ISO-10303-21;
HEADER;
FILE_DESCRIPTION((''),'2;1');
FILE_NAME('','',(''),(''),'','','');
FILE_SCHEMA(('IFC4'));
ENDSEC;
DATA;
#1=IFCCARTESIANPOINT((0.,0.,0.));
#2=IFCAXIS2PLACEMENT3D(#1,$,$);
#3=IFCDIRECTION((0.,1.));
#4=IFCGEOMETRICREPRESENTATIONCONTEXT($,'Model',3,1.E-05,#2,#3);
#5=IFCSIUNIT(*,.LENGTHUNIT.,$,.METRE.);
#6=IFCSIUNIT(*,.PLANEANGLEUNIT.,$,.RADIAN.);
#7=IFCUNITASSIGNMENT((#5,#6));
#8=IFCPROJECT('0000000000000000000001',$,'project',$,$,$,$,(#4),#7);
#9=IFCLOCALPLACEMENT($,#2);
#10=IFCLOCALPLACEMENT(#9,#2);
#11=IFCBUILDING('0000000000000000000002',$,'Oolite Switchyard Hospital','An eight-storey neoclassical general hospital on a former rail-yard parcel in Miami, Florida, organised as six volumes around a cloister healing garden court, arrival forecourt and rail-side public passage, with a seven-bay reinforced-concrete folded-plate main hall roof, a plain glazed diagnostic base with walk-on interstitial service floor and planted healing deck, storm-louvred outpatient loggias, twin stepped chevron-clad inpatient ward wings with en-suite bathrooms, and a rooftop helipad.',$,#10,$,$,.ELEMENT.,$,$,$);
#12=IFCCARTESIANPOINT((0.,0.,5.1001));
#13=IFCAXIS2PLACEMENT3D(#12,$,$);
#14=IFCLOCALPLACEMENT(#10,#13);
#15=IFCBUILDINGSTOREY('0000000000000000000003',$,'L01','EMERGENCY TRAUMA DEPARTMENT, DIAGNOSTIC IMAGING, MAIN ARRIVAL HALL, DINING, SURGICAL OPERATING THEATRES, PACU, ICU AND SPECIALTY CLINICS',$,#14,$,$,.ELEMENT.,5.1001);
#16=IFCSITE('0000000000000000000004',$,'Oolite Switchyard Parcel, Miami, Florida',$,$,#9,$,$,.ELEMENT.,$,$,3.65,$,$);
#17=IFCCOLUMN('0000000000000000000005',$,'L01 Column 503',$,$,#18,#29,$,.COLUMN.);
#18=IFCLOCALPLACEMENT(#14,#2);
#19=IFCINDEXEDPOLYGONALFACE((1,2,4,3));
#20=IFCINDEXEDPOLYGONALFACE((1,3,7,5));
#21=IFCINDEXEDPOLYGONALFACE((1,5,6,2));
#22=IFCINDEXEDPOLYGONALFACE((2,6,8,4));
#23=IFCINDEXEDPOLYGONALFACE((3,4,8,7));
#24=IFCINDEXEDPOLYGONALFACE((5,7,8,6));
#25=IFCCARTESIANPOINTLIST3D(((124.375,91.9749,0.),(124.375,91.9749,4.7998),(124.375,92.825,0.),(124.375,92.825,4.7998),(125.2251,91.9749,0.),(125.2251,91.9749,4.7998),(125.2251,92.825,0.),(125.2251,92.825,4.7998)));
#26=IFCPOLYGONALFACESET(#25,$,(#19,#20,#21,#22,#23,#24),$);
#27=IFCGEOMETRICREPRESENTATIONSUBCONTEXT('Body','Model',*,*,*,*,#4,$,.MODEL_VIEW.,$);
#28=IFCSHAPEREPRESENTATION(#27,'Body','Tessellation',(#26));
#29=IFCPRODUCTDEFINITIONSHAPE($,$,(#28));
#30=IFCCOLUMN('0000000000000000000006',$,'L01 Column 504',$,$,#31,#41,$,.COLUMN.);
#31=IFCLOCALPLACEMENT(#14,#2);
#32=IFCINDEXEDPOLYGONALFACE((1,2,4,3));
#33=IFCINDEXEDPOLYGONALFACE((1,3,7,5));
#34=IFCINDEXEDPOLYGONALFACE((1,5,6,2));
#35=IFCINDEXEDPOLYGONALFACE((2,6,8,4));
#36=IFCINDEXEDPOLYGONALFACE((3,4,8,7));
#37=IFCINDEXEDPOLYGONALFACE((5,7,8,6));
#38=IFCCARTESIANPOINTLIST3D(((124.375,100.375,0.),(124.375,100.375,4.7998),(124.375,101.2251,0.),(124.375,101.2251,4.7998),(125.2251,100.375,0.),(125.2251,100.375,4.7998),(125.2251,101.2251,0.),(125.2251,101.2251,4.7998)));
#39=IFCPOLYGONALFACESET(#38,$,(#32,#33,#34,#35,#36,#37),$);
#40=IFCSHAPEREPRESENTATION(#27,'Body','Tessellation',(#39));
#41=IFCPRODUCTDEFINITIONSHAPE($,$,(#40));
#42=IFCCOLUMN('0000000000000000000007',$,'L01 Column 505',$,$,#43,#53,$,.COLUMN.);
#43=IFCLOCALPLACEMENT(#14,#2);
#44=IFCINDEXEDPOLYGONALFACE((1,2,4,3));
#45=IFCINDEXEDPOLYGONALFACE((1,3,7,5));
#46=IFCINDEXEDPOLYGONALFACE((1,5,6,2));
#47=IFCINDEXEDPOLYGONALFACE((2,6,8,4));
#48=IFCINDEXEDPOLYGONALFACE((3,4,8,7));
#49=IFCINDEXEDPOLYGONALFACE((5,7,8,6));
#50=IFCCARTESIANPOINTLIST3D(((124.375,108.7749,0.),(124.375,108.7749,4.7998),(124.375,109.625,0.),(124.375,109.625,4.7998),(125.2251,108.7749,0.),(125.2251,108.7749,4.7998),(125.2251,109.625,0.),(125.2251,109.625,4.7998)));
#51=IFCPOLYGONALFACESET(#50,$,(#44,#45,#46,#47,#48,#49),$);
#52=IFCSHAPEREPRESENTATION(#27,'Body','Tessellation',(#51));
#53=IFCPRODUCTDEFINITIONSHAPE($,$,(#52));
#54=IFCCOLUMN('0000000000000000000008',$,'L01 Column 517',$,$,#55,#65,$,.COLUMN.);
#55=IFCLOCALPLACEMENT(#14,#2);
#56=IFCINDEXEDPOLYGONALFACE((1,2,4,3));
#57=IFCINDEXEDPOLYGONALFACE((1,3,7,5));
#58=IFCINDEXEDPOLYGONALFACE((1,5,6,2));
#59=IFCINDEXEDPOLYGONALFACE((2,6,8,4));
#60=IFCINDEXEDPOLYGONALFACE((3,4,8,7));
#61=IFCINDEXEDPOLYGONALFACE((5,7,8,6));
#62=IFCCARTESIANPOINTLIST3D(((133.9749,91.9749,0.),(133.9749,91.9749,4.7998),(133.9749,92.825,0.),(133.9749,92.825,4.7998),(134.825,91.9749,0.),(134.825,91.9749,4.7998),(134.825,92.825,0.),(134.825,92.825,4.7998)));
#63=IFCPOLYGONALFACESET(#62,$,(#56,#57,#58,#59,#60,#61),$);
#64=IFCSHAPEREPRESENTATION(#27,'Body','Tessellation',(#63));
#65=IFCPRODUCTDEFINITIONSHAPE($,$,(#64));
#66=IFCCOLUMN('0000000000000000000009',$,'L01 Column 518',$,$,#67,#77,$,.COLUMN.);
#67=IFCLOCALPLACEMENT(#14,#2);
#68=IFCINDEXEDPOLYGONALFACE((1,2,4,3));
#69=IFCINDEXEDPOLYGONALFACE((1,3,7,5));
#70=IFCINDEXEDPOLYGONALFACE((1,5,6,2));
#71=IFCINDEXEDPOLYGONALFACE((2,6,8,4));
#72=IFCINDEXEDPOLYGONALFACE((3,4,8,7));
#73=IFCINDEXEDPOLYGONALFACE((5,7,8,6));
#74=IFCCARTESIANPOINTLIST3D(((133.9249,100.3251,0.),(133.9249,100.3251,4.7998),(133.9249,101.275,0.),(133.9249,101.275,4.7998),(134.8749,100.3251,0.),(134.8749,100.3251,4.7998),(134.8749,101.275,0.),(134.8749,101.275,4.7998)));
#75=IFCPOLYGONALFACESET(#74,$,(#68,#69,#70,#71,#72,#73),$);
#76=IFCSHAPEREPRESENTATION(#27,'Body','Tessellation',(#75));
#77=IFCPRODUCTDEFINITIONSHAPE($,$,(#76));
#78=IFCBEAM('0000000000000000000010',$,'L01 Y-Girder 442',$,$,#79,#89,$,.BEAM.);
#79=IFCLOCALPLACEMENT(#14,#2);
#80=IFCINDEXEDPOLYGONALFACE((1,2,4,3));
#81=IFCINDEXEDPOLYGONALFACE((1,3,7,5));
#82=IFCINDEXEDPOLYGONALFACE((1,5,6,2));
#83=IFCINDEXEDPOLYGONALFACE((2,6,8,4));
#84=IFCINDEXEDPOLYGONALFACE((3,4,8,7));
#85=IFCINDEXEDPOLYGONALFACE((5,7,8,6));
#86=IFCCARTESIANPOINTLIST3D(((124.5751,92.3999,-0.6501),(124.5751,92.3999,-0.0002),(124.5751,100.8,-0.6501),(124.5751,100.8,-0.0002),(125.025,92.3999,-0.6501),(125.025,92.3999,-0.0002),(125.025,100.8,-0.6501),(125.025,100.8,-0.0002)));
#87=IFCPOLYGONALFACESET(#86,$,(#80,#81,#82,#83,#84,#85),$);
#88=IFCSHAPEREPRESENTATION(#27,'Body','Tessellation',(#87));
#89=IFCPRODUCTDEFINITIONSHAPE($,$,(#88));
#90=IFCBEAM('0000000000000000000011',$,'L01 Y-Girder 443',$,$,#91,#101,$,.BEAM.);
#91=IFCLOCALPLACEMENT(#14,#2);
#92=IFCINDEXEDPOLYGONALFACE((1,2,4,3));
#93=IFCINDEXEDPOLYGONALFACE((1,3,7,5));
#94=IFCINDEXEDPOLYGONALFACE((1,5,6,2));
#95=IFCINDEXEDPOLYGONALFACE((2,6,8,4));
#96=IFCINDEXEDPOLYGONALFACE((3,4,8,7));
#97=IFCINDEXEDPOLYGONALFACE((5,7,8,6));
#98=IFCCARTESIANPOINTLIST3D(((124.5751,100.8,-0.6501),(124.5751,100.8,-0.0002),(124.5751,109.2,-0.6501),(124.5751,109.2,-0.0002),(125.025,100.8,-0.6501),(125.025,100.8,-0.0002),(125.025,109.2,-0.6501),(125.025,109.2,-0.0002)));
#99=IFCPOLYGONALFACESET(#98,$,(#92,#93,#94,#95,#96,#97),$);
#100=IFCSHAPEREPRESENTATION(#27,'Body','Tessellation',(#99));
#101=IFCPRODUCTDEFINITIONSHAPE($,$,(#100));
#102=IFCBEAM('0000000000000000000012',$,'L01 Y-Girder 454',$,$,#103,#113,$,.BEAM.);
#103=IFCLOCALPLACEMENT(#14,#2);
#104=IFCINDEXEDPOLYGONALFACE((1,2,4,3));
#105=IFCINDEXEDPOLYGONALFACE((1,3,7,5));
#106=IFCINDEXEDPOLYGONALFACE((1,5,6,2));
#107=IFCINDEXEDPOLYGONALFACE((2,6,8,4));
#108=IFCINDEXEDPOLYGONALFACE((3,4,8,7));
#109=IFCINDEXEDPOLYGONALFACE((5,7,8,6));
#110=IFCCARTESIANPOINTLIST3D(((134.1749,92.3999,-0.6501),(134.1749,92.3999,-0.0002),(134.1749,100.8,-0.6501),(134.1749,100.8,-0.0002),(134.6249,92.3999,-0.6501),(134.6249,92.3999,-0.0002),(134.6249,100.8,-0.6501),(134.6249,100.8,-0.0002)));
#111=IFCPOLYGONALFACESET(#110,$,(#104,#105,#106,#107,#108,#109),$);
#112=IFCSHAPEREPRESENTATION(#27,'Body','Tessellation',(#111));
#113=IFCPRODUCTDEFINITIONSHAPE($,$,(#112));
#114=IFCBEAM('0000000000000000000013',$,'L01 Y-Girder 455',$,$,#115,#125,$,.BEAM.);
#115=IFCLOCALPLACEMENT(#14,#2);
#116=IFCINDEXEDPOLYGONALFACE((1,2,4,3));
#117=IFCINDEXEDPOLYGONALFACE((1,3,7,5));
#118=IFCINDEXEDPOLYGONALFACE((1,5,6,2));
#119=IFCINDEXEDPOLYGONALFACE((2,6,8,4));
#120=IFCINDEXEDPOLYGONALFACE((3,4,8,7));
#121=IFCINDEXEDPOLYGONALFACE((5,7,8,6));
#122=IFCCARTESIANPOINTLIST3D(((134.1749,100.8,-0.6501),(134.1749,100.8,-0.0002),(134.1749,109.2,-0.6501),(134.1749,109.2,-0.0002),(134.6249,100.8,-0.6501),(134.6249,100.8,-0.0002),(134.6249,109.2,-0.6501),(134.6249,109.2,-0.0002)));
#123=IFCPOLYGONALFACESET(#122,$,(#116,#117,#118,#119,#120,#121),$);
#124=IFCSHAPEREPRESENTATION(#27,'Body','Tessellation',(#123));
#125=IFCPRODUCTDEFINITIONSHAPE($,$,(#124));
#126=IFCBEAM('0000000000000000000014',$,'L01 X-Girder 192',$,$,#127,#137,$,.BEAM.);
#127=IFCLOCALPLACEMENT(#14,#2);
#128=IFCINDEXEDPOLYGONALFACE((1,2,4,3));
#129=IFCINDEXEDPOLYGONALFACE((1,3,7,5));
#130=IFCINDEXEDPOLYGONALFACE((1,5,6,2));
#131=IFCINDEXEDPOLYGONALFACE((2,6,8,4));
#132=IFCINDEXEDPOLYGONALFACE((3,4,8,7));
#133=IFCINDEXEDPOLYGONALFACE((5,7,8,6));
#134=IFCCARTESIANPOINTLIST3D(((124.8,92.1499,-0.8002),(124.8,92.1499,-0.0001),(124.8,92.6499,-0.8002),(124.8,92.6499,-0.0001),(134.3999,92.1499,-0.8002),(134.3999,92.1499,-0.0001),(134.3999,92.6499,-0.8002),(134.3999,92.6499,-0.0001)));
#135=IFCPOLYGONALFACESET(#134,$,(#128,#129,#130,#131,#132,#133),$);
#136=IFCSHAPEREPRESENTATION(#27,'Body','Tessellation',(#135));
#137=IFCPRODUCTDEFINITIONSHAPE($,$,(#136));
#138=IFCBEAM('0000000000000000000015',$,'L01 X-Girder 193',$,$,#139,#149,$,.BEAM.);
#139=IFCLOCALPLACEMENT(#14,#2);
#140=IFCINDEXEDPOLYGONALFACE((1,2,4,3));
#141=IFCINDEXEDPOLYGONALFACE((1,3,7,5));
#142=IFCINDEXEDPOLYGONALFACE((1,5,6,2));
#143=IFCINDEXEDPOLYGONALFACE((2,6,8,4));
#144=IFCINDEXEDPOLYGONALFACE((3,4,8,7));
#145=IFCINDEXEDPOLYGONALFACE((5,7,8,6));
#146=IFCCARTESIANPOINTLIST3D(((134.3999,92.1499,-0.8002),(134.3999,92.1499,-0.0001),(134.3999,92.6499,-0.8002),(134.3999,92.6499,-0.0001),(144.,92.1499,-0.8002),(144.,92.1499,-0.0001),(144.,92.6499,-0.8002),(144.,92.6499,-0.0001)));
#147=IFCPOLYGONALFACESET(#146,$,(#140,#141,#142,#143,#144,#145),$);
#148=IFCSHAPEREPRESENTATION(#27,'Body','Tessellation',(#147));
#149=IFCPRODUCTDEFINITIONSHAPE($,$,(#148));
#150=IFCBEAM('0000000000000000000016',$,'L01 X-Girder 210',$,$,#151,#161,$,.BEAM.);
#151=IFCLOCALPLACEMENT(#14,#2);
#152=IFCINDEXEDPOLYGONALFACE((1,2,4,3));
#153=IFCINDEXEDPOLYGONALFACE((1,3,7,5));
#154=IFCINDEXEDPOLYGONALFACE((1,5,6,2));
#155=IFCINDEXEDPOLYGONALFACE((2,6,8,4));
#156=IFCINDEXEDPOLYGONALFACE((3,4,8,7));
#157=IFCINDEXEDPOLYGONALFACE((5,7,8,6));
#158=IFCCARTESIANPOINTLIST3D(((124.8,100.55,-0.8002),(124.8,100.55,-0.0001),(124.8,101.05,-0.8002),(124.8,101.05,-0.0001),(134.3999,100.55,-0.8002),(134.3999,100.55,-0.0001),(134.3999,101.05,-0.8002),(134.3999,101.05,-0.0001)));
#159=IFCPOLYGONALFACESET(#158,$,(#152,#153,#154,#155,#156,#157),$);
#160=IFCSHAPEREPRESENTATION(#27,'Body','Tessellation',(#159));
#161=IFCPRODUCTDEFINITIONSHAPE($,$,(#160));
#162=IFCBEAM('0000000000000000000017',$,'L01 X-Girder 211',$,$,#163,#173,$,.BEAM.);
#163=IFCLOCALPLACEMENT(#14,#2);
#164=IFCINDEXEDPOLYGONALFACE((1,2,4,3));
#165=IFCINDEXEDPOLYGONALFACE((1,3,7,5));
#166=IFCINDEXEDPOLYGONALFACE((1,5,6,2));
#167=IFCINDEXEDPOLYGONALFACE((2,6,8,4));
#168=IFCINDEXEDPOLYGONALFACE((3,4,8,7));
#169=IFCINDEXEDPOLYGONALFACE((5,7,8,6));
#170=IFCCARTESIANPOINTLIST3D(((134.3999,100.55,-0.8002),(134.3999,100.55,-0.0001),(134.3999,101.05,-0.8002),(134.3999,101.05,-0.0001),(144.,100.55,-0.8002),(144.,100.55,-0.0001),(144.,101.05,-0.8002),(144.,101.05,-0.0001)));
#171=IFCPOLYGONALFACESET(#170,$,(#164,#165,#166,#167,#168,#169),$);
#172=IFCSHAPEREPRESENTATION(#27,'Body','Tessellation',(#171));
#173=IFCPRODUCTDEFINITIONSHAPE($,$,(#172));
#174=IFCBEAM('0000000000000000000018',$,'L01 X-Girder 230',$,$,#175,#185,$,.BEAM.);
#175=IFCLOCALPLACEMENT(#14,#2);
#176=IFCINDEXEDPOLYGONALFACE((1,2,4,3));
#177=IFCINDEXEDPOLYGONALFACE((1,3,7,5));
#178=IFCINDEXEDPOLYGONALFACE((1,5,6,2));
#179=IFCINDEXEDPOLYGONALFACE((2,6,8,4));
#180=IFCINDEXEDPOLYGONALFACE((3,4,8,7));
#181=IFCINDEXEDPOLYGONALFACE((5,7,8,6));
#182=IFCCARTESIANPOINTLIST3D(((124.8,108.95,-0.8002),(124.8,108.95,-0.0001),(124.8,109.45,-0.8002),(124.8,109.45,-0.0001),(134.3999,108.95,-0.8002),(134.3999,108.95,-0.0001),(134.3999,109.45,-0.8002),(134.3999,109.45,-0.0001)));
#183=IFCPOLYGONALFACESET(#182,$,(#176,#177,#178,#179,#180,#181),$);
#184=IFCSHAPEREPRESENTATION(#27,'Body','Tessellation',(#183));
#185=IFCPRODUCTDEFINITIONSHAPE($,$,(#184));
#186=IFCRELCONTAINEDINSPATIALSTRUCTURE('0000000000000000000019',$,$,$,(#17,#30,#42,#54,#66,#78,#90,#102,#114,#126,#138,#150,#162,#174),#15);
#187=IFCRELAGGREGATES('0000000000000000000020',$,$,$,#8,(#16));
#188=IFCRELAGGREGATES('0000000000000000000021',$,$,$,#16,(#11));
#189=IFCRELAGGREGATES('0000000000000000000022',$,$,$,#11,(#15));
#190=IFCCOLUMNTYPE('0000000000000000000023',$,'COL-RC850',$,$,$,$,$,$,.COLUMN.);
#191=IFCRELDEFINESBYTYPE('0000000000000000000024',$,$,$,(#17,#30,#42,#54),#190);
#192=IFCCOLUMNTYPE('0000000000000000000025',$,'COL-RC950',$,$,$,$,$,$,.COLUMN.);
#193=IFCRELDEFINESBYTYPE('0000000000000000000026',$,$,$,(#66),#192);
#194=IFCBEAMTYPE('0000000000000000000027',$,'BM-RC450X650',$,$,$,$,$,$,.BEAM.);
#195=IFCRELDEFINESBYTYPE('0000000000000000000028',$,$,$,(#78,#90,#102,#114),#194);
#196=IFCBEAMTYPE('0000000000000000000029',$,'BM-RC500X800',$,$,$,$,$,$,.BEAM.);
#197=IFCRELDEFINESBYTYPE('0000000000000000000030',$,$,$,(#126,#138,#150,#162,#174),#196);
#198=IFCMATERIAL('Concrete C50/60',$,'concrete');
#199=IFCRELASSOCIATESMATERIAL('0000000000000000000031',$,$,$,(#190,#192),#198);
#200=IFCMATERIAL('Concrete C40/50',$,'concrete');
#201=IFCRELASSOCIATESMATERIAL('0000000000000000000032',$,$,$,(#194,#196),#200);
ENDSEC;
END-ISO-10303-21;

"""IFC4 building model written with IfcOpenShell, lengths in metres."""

from ifc_helpers import new_model, si_unit, direction, frame, origin, origin_2d, place, context, subcontext, project, spatial, rectangle, extrude, material, material_profile, profile_set, type_object, element, save


model = new_model("IFC4")

# Units and contexts
model_context = context("Model", 3, precision=1e-05, world=origin(), true_north=direction((0.0, 1.0)))
body_context = subcontext(model_context, "Body", "Model", "MODEL_VIEW")
ifc_project = project(units=[si_unit("LENGTHUNIT", "METRE"), si_unit("PLANEANGLEUNIT", "RADIAN")], contexts=[model_context])

# Site, building, storey
site_placement = place(None, origin())
site = spatial("IfcSite", under=ifc_project, at=site_placement, Name="Oolite Switchyard Parcel, Miami, Florida", CompositionType="ELEMENT", RefElevation=3.65)
building_placement = place(site_placement, origin())
building = spatial("IfcBuilding", under=site, at=building_placement, Name="Oolite Switchyard Hospital", Description="An eight-storey neoclassical general hospital on a former rail-yard parcel in Miami, Florida, organised as six volumes around a cloister healing garden court, arrival forecourt and rail-side public passage, with a seven-bay reinforced-concrete folded-plate main hall roof, a plain glazed diagnostic base with walk-on interstitial service floor and planted healing deck, storm-louvred outpatient loggias, twin stepped chevron-clad inpatient ward wings with en-suite bathrooms, and a rooftop helipad.", CompositionType="ELEMENT")
storey_placement = place(building_placement, frame((0.0, 0.0, 5.1001)))
storey = spatial("IfcBuildingStorey", under=building, at=storey_placement, Name="L01", Description="EMERGENCY TRAUMA DEPARTMENT, DIAGNOSTIC IMAGING, MAIN ARRIVAL HALL, DINING, SURGICAL OPERATING THEATRES, PACU, ICU AND SPECIALTY CLINICS", CompositionType="ELEMENT", Elevation=5.1001)

# Columns
ifc_material_1 = material(Name="Concrete C50/60", Category="concrete")
ifc_material_profile_1 = material_profile(ifc_material_1, rectangle(XDim=0.8501, YDim=0.8501, at=origin_2d()), Name="RC850X850")
ifc_profile_set_1 = profile_set([ifc_material_profile_1], Name="Concrete C50/60")
column_type_1 = type_object("IfcColumnType", Name="COL-RC850", PredefinedType="COLUMN", material=ifc_profile_set_1)
for number, where, z_axis, x_axis, name in (
    (1, (124.8, 92.3999, 0.0), (0.0, 0.0, 1.0), (1.0, 0.0, 0.0), "L01 Column 503"),
    (2, (124.8, 100.8, 0.0), (0.0, 0.0, 1.0), (1.0, 0.0, 0.0), "L01 Column 504"),
    (3, (124.8, 109.2, 0.0), (0.0, 0.0, 1.0), (1.0, 0.0, 0.0), "L01 Column 505"),
    (4, (134.3999, 92.3999, 0.0), (0.0, 0.0, 1.0), (1.0, 0.0, 0.0), "L01 Column 517"),
):
    element("IfcColumn", number, at=place(storey_placement, frame(where, z_axis=z_axis, x_axis=x_axis)), inside=storey, type_object=column_type_1, Name=name, PredefinedType="COLUMN", context=body_context, shape_type="SweptSolid", body=[
        extrude(rectangle(XDim=0.8501, YDim=0.8501, at=origin_2d()), origin(), (0.0, 0.0, 1.0), 4.7998),
    ])
ifc_material_profile_2 = material_profile(ifc_material_1, rectangle(XDim=0.95, YDim=0.95, at=origin_2d()), Name="RC950X950")
ifc_profile_set_2 = profile_set([ifc_material_profile_2], Name="Concrete C50/60")
column_type_2 = type_object("IfcColumnType", Name="COL-RC950", PredefinedType="COLUMN", material=ifc_profile_set_2)
column_placement = place(storey_placement, frame((134.3999, 100.8, 0.0), z_axis=(0.0, 0.0, 1.0), x_axis=(1.0, 0.0, 0.0)))
element("IfcColumn", 5, at=column_placement, inside=storey, type_object=column_type_2, Name="L01 Column 518", PredefinedType="COLUMN", context=body_context, shape_type="SweptSolid", body=[
    extrude(rectangle(XDim=0.95, YDim=0.95, at=origin_2d()), origin(), (0.0, 0.0, 1.0), 4.7998),
])

# Beams
ifc_material_2 = material(Name="Concrete C40/50", Category="concrete")
ifc_material_profile_3 = material_profile(ifc_material_2, rectangle(XDim=0.45, YDim=0.6499, at=origin_2d()), Name="RCB450X650")
ifc_profile_set_3 = profile_set([ifc_material_profile_3], Name="Concrete C40/50")
beam_type_1 = type_object("IfcBeamType", Name="BM-RC450X650", PredefinedType="BEAM", material=ifc_profile_set_3)
beam_1_placement = place(storey_placement, frame((124.8, 92.3999, -0.3252), z_axis=(0.0, 1.0, 0.0), x_axis=(-1.0, 0.0, 0.0)))
element("IfcBeam", 6, at=beam_1_placement, inside=storey, type_object=beam_type_1, Name="L01 Y-Girder 442", PredefinedType="BEAM", context=body_context, shape_type="SweptSolid", body=[
    extrude(rectangle(XDim=0.45, YDim=0.6499, at=origin_2d()), origin(), (0.0, 0.0, 1.0), 8.4001),
])
beam_2_placement = place(storey_placement, frame((124.8, 100.8, -0.3252), z_axis=(0.0, 1.0, 0.0), x_axis=(-1.0, 0.0, 0.0)))
element("IfcBeam", 7, at=beam_2_placement, inside=storey, type_object=beam_type_1, Name="L01 Y-Girder 443", PredefinedType="BEAM", context=body_context, shape_type="SweptSolid", body=[
    extrude(rectangle(XDim=0.45, YDim=0.6499, at=origin_2d()), origin(), (0.0, 0.0, 1.0), 8.3999),
])
beam_3_placement = place(storey_placement, frame((134.3999, 92.3999, -0.3252), z_axis=(0.0, 1.0, 0.0), x_axis=(-1.0, 0.0, 0.0)))
element("IfcBeam", 8, at=beam_3_placement, inside=storey, type_object=beam_type_1, Name="L01 Y-Girder 454", PredefinedType="BEAM", context=body_context, shape_type="SweptSolid", body=[
    extrude(rectangle(XDim=0.45, YDim=0.6499, at=origin_2d()), origin(), (0.0, 0.0, 1.0), 8.4001),
])
beam_4_placement = place(storey_placement, frame((134.3999, 100.8, -0.3252), z_axis=(0.0, 1.0, 0.0), x_axis=(-1.0, 0.0, 0.0)))
element("IfcBeam", 9, at=beam_4_placement, inside=storey, type_object=beam_type_1, Name="L01 Y-Girder 455", PredefinedType="BEAM", context=body_context, shape_type="SweptSolid", body=[
    extrude(rectangle(XDim=0.45, YDim=0.6499, at=origin_2d()), origin(), (0.0, 0.0, 1.0), 8.3999),
])
ifc_material_profile_4 = material_profile(ifc_material_2, rectangle(XDim=0.5, YDim=0.8, at=origin_2d()), Name="RCB500X800")
ifc_profile_set_4 = profile_set([ifc_material_profile_4], Name="Concrete C40/50")
beam_type_2 = type_object("IfcBeamType", Name="BM-RC500X800", PredefinedType="BEAM", material=ifc_profile_set_4)
beam_5_placement = place(storey_placement, frame((124.8, 92.3999, -0.4001), z_axis=(1.0, 0.0, 0.0), x_axis=(0.0, 1.0, 0.0)))
element("IfcBeam", 10, at=beam_5_placement, inside=storey, type_object=beam_type_2, Name="L01 X-Girder 192", PredefinedType="BEAM", context=body_context, shape_type="SweptSolid", body=[
    extrude(rectangle(XDim=0.5, YDim=0.8, at=origin_2d()), origin(), (0.0, 0.0, 1.0), 9.5999),
])
beam_6_placement = place(storey_placement, frame((134.3999, 92.3999, -0.4001), z_axis=(1.0, 0.0, 0.0), x_axis=(0.0, 1.0, 0.0)))
element("IfcBeam", 11, at=beam_6_placement, inside=storey, type_object=beam_type_2, Name="L01 X-Girder 193", PredefinedType="BEAM", context=body_context, shape_type="SweptSolid", body=[
    extrude(rectangle(XDim=0.5, YDim=0.8, at=origin_2d()), origin(), (0.0, 0.0, 1.0), 9.6001),
])
beam_7_placement = place(storey_placement, frame((124.8, 100.8, -0.4001), z_axis=(1.0, 0.0, 0.0), x_axis=(0.0, 1.0, 0.0)))
element("IfcBeam", 12, at=beam_7_placement, inside=storey, type_object=beam_type_2, Name="L01 X-Girder 210", PredefinedType="BEAM", context=body_context, shape_type="SweptSolid", body=[
    extrude(rectangle(XDim=0.5, YDim=0.8, at=origin_2d()), origin(), (0.0, 0.0, 1.0), 9.5999),
])
beam_8_placement = place(storey_placement, frame((134.3999, 100.8, -0.4001), z_axis=(1.0, 0.0, 0.0), x_axis=(0.0, 1.0, 0.0)))
element("IfcBeam", 13, at=beam_8_placement, inside=storey, type_object=beam_type_2, Name="L01 X-Girder 211", PredefinedType="BEAM", context=body_context, shape_type="SweptSolid", body=[
    extrude(rectangle(XDim=0.5, YDim=0.8, at=origin_2d()), origin(), (0.0, 0.0, 1.0), 9.6001),
])
beam_9_placement = place(storey_placement, frame((124.8, 109.2, -0.4001), z_axis=(1.0, 0.0, 0.0), x_axis=(0.0, 1.0, 0.0)))
element("IfcBeam", 14, at=beam_9_placement, inside=storey, type_object=beam_type_2, Name="L01 X-Girder 230", PredefinedType="BEAM", context=body_context, shape_type="SweptSolid", body=[
    extrude(rectangle(XDim=0.5, YDim=0.8, at=origin_2d()), origin(), (0.0, 0.0, 1.0), 9.5999),
])

save(model, "model.ifc")
